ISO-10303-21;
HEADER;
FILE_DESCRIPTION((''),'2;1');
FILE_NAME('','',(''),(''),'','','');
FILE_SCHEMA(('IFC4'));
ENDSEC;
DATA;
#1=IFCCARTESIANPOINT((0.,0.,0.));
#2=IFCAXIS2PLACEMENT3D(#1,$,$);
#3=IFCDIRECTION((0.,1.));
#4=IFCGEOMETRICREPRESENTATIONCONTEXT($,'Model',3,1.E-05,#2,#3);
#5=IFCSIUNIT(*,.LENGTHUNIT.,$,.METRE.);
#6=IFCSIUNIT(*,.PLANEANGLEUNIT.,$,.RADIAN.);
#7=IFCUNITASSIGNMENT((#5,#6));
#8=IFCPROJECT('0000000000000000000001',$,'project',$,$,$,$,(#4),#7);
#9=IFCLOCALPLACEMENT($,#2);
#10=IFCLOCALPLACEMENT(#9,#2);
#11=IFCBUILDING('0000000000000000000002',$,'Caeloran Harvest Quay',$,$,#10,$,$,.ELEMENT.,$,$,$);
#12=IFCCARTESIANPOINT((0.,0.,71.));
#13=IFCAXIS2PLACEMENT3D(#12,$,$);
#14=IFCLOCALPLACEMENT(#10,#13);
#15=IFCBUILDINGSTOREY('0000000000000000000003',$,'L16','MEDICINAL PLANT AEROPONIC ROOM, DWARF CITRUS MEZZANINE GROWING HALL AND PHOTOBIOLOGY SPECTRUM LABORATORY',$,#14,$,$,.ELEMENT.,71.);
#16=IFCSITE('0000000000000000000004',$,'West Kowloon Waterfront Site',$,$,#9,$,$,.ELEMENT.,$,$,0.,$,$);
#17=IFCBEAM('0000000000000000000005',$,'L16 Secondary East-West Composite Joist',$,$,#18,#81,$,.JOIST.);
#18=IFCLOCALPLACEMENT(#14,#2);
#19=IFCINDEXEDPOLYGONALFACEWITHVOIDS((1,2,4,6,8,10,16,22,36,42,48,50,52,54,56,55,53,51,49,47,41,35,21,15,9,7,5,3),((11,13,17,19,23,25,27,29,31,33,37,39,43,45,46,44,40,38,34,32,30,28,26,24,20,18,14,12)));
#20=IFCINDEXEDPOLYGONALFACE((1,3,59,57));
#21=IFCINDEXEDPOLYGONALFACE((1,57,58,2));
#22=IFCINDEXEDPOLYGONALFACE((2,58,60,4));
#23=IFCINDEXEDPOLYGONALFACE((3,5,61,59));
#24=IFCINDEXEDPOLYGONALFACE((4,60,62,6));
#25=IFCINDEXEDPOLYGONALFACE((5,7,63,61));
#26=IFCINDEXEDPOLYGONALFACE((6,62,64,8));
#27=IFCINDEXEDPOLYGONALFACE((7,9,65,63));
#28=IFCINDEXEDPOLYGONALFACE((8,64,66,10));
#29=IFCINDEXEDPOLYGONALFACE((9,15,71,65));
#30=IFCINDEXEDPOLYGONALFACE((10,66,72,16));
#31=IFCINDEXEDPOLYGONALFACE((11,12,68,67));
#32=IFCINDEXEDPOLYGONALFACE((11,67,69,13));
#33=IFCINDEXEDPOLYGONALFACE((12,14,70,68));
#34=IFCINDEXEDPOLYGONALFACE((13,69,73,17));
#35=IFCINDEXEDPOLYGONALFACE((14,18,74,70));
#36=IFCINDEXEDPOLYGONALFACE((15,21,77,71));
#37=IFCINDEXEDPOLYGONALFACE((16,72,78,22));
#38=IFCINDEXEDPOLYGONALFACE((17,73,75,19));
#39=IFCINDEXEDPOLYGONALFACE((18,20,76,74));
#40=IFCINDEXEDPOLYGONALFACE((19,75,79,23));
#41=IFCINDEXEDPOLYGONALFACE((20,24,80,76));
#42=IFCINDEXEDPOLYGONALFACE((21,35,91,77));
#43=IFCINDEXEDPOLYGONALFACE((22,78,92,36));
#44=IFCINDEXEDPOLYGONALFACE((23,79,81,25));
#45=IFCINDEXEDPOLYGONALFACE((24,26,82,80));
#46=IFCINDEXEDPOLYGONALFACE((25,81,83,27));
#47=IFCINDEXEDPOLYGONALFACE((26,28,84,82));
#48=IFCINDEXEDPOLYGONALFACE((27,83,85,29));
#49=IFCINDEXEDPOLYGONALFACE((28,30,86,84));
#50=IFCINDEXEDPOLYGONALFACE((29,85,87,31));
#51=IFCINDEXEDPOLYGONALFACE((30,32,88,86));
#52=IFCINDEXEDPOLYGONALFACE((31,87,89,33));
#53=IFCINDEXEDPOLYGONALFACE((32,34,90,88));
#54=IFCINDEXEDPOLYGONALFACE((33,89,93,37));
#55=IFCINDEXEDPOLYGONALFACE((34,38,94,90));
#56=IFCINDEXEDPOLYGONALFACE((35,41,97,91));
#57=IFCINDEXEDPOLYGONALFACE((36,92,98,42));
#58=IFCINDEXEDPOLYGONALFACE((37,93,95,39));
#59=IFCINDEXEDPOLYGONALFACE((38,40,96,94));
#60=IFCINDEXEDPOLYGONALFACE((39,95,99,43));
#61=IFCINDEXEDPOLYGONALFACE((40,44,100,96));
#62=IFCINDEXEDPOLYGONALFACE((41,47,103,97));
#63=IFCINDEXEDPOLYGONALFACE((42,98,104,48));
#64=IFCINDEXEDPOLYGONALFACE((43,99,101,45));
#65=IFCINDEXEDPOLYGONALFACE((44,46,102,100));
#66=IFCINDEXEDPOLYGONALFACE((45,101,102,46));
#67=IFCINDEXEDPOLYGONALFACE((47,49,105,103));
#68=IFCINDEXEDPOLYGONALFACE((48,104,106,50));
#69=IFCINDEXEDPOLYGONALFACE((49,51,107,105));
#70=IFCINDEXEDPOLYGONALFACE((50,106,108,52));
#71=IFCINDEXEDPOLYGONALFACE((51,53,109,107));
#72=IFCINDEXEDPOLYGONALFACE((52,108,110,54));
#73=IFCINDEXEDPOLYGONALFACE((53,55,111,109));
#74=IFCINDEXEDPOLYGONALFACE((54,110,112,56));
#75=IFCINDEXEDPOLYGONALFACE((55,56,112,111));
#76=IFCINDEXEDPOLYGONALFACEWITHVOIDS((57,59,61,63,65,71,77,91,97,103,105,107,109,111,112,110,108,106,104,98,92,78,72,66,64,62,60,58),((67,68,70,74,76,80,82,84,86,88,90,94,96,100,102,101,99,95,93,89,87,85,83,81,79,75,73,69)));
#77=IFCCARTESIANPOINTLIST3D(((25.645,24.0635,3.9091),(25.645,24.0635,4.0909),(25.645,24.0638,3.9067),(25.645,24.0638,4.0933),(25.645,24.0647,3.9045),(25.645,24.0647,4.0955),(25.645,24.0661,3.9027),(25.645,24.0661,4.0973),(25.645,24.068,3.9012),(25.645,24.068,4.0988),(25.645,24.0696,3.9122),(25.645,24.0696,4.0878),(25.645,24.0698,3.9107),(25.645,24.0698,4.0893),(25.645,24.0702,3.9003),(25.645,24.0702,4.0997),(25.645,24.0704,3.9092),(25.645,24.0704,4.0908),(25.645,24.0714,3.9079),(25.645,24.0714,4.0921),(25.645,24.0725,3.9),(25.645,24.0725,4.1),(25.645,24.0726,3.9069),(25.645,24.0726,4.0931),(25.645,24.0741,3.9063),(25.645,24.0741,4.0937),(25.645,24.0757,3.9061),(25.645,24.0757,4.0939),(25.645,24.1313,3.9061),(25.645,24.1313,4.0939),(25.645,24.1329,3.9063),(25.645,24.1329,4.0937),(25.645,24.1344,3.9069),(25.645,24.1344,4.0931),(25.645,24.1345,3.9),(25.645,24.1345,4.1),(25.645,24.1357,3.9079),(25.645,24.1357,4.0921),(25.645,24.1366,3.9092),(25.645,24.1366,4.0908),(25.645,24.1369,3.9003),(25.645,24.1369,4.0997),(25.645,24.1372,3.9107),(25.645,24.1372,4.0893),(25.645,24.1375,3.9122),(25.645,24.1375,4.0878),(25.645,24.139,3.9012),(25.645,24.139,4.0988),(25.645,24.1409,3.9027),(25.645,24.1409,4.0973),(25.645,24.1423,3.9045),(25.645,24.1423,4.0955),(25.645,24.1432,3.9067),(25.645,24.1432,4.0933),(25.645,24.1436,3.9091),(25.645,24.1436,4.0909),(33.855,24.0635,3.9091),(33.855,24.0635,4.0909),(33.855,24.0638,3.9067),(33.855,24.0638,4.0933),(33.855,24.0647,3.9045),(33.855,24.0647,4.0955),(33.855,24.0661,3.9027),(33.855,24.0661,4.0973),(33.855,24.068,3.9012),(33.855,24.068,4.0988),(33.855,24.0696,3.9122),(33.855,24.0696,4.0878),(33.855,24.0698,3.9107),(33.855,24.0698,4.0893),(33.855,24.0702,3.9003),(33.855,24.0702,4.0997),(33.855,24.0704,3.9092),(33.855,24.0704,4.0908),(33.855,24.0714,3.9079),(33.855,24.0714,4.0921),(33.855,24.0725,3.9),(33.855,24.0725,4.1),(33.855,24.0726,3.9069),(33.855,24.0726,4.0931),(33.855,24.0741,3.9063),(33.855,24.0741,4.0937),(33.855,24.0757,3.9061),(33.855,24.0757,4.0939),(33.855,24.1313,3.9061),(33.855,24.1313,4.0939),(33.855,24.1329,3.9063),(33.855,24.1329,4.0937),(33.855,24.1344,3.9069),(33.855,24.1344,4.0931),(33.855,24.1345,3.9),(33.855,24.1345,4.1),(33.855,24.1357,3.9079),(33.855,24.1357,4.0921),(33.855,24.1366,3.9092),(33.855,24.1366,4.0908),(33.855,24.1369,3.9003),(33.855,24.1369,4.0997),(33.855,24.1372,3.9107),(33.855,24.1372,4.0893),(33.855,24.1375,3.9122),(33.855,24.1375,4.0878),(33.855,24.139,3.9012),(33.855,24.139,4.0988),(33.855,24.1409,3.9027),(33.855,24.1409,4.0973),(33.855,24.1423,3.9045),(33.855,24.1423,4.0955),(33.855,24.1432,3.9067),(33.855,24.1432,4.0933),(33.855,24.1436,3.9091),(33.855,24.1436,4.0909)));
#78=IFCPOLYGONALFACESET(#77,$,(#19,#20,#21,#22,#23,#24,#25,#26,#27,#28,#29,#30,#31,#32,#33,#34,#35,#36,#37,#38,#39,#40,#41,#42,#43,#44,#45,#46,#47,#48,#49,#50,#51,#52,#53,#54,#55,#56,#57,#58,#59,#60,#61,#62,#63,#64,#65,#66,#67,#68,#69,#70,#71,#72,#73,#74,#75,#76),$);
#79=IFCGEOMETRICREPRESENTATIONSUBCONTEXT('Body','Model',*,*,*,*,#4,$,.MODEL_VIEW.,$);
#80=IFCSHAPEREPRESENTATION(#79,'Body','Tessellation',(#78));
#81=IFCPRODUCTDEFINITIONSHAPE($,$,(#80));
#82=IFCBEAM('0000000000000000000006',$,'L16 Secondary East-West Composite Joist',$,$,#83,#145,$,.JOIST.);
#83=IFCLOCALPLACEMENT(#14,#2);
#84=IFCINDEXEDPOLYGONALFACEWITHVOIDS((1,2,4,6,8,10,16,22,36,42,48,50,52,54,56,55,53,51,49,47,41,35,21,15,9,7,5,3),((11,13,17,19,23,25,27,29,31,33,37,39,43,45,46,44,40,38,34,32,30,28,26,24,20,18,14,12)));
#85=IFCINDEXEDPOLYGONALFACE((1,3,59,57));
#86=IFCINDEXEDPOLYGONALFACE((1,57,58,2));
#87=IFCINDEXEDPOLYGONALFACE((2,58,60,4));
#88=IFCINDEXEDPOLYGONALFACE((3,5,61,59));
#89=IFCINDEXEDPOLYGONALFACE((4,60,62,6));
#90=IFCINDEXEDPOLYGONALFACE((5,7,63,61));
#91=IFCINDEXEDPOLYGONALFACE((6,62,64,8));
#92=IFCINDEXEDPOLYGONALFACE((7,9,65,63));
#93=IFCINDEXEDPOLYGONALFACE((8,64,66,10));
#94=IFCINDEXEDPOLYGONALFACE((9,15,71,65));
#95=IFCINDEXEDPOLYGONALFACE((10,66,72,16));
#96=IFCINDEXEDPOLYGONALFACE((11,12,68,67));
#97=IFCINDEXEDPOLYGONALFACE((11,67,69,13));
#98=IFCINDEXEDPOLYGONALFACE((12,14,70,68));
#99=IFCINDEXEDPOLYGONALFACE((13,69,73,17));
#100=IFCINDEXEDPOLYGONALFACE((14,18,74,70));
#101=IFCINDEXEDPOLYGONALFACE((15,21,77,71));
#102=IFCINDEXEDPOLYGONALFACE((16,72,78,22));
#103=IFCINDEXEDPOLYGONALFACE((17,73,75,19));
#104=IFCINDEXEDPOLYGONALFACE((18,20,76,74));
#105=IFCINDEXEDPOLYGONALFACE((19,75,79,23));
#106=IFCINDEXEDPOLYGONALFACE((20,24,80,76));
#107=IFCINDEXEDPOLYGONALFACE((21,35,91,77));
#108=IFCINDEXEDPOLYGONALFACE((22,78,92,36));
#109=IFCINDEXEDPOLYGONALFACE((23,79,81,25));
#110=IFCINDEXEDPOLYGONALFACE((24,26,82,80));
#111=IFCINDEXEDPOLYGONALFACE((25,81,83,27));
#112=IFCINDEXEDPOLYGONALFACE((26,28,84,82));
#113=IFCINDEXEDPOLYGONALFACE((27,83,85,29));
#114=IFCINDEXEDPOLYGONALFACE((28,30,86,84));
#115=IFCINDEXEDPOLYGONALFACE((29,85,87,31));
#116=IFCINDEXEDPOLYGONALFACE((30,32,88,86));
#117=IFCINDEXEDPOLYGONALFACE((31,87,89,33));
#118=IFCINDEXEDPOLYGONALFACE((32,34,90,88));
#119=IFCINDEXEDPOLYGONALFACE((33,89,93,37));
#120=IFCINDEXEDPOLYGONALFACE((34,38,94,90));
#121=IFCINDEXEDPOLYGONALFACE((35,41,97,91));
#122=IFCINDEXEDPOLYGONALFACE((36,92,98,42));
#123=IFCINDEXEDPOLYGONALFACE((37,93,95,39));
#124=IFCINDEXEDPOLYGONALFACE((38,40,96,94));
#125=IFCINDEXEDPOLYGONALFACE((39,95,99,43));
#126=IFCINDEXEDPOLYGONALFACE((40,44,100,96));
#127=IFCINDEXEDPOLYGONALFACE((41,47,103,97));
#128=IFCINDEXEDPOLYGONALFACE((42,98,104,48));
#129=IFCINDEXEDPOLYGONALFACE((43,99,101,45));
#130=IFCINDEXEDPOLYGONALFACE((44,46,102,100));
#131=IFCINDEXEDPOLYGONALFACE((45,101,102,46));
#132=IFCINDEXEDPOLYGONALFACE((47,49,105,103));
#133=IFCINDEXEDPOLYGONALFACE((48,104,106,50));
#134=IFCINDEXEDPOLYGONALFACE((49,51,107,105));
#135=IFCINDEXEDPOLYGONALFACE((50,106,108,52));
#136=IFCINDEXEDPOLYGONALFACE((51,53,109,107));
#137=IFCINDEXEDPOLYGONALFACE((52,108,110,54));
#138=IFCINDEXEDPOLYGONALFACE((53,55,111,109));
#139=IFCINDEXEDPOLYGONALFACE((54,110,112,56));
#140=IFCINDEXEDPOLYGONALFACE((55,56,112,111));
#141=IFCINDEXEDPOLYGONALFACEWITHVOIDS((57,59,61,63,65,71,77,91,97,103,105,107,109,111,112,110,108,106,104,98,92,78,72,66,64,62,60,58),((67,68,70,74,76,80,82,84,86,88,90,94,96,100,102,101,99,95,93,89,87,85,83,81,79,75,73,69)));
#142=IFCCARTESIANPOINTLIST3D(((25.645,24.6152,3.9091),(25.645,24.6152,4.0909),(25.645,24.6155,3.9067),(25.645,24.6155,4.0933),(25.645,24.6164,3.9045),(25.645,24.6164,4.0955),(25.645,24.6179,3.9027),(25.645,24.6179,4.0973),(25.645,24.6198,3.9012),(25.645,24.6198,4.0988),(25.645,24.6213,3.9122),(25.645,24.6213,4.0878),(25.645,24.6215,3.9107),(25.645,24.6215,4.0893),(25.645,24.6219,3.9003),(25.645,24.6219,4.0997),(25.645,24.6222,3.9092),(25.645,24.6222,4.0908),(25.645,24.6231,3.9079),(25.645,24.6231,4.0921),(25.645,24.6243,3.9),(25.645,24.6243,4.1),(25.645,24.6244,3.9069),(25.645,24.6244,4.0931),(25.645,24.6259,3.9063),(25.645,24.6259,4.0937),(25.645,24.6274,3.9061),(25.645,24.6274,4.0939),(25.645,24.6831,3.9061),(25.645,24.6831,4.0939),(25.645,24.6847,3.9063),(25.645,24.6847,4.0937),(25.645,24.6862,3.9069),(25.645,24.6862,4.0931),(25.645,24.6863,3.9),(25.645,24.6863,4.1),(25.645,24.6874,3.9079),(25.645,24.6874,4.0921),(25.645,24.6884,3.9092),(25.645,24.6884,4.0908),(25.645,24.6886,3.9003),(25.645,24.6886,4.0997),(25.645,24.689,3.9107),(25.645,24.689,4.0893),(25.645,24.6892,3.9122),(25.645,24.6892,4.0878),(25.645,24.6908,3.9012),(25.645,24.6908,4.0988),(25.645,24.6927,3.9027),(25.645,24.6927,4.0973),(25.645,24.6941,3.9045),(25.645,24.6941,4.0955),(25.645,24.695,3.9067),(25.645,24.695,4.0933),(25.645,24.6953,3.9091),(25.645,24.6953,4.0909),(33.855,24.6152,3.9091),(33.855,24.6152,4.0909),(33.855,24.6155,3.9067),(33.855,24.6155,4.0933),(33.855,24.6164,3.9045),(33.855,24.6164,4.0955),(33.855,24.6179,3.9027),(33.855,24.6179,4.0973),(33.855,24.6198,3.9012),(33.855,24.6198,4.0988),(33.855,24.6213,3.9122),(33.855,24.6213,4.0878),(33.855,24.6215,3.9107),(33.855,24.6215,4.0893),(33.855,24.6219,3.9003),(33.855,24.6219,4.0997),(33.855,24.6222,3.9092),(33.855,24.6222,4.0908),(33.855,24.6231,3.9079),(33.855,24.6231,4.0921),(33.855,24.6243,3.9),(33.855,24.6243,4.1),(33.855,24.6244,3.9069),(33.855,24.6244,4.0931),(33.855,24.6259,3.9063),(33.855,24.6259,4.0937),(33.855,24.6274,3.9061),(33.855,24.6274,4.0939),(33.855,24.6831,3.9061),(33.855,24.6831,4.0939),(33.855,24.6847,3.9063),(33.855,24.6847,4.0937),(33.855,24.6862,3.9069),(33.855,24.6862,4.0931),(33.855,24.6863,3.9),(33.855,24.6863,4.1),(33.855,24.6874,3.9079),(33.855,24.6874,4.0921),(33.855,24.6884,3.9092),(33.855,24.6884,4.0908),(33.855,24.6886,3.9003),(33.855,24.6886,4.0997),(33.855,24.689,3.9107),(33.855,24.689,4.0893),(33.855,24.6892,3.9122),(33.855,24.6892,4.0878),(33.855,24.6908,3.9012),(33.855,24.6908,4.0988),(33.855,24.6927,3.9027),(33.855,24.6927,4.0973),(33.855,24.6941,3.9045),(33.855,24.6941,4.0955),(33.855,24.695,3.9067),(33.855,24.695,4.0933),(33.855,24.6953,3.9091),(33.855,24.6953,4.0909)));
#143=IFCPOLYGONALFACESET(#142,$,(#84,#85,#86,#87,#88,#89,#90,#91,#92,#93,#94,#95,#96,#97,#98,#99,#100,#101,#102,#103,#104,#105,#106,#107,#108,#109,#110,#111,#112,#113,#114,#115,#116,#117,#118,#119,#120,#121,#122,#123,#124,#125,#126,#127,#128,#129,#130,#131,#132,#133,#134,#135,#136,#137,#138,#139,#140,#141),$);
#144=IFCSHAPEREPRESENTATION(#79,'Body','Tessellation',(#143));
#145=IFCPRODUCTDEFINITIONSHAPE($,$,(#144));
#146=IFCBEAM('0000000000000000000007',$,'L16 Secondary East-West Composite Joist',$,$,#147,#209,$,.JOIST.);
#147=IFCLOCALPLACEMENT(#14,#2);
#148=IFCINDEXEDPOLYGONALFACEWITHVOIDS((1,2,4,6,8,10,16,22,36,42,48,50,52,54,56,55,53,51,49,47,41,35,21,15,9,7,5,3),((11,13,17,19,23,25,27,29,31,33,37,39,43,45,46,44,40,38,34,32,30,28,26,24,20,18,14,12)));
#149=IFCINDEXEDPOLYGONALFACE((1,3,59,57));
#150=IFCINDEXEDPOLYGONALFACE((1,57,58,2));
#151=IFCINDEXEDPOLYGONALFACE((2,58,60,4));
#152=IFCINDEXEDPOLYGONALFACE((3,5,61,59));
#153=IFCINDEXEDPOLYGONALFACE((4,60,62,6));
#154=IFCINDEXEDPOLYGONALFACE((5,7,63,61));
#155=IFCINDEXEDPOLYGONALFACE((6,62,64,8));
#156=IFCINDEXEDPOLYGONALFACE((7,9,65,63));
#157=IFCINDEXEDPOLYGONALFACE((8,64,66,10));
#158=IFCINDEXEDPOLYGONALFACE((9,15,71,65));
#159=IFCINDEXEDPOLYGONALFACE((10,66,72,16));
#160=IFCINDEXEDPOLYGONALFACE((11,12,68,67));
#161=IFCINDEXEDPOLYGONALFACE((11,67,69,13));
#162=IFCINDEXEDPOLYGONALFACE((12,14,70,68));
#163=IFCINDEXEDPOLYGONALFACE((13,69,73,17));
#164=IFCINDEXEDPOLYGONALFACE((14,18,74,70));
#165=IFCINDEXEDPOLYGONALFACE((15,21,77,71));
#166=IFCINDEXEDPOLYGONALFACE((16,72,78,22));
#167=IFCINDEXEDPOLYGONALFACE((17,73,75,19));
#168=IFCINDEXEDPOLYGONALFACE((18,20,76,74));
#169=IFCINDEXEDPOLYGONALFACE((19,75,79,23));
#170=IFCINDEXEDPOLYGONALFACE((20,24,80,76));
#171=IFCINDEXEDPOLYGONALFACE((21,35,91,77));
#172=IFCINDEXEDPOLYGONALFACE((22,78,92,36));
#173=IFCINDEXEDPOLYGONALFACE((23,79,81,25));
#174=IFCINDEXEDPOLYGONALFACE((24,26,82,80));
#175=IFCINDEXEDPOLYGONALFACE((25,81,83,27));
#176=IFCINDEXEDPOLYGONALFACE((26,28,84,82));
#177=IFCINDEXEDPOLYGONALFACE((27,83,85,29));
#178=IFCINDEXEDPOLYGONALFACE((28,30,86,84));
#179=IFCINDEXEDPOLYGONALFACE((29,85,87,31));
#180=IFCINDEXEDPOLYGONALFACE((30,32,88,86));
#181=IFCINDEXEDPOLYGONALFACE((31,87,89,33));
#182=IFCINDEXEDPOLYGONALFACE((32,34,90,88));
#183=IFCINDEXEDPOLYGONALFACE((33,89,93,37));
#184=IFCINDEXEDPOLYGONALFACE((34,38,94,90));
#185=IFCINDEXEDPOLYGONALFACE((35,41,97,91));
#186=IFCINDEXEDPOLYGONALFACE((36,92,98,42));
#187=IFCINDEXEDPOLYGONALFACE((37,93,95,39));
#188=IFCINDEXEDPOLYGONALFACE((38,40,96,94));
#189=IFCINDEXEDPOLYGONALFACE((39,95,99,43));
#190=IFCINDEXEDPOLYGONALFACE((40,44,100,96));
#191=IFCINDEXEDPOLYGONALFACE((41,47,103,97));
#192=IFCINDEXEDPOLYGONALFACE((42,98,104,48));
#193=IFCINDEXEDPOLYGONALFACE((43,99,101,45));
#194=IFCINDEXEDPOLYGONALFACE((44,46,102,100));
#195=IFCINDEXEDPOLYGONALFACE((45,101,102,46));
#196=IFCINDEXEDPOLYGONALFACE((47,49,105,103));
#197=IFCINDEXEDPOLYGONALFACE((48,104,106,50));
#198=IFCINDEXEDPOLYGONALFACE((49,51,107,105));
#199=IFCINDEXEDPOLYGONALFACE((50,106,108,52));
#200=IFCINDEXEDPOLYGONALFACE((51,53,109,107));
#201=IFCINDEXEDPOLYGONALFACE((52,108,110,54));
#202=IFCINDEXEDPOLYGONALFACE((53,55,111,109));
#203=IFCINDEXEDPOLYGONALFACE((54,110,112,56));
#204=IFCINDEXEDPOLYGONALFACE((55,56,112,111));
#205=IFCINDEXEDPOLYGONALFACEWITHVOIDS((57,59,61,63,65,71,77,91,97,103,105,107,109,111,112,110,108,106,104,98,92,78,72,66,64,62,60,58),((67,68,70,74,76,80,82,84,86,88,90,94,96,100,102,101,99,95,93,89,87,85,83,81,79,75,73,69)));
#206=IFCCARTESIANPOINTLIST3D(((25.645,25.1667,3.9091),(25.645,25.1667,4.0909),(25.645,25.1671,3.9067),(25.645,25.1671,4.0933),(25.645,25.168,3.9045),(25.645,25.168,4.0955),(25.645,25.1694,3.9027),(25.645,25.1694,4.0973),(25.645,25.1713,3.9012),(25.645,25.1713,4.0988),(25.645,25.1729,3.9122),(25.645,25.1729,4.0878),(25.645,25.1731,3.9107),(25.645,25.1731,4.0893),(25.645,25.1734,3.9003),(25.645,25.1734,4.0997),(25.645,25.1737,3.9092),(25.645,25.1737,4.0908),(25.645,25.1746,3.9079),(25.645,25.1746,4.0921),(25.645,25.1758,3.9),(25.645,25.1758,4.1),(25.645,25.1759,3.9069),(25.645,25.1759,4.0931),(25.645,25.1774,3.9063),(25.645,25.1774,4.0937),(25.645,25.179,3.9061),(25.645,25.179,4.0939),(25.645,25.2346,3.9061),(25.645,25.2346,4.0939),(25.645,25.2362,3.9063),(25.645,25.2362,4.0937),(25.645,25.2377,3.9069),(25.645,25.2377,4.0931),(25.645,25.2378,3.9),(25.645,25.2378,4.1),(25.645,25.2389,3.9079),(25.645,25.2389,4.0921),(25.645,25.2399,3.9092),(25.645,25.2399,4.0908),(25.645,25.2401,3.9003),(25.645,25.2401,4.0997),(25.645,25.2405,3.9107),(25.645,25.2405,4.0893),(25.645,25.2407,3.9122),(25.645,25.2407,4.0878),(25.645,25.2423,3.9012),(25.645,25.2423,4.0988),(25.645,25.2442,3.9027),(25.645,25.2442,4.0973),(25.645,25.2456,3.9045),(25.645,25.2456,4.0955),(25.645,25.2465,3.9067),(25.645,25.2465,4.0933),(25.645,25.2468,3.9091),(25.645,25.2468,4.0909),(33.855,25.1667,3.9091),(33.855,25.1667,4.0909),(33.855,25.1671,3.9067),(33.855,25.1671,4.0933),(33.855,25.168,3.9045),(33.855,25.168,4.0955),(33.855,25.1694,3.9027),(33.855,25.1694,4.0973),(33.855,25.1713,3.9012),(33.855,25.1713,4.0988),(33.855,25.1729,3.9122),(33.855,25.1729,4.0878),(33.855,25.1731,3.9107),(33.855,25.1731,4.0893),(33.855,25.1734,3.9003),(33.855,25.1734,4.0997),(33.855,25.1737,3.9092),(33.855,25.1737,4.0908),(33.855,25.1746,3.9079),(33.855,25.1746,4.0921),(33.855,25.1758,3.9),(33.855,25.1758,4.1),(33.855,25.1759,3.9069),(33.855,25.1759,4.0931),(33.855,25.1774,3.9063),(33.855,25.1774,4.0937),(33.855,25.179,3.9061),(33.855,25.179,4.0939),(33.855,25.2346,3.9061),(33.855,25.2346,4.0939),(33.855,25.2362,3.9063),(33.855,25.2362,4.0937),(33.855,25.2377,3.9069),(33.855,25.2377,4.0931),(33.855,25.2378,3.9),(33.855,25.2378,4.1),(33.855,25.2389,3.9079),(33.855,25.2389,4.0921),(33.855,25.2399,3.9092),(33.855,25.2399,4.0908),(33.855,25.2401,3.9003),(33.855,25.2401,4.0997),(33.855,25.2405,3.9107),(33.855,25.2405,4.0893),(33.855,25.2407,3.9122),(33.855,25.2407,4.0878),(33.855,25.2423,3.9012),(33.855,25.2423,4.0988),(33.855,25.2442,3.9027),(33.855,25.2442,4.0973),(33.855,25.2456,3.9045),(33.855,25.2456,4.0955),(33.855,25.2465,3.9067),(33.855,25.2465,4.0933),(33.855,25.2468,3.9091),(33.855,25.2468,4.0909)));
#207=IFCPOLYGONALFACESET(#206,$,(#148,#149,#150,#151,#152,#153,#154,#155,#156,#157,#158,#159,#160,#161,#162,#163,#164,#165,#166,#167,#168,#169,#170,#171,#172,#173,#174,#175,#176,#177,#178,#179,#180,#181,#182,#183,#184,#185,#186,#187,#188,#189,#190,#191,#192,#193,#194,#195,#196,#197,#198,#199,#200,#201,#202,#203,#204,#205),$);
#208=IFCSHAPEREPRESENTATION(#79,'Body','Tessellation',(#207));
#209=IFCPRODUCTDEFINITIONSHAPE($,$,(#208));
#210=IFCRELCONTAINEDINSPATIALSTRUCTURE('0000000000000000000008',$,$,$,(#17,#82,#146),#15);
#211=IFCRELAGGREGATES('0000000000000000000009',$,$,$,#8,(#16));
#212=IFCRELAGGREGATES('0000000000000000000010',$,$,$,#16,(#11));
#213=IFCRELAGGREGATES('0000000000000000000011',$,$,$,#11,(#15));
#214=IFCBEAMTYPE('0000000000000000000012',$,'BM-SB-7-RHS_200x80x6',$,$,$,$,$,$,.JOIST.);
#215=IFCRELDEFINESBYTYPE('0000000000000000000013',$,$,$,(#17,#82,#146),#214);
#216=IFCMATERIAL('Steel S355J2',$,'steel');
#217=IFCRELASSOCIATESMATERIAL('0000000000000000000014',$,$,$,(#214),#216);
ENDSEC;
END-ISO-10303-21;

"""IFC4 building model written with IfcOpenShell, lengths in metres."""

from ifc_helpers import new_model, si_unit, direction, frame, origin, origin_2d, place, context, subcontext, project, spatial, hollow_rectangle, extrude, material, material_profile, profile_set, type_object, element, save


model = new_model("IFC4")

# Units and contexts
model_context = context("Model", 3, precision=1e-05, world=origin(), true_north=direction((0.0, 1.0)))
body_context = subcontext(model_context, "Body", "Model", "MODEL_VIEW")
ifc_project = project(units=[si_unit("LENGTHUNIT", "METRE"), si_unit("PLANEANGLEUNIT", "RADIAN")], contexts=[model_context])

# Site, building, storey
site_placement = place(None, origin())
site = spatial("IfcSite", under=ifc_project, at=site_placement, Name="West Kowloon Waterfront Site", CompositionType="ELEMENT", RefElevation=0.0)
building_placement = place(site_placement, origin())
building = spatial("IfcBuilding", under=site, at=building_placement, Name="Caeloran Harvest Quay", CompositionType="ELEMENT")
storey_placement = place(building_placement, frame((0.0, 0.0, 71.0)))
storey = spatial("IfcBuildingStorey", under=building, at=storey_placement, Name="L16", Description="MEDICINAL PLANT AEROPONIC ROOM, DWARF CITRUS MEZZANINE GROWING HALL AND PHOTOBIOLOGY SPECTRUM LABORATORY", CompositionType="ELEMENT", Elevation=71.0)

# Beams
ifc_material_1 = material(Name="Steel S355J2", Category="steel")
ifc_material_profile_1 = material_profile(ifc_material_1, hollow_rectangle(XDim=0.0801, YDim=0.2, WallThickness=0.0061, InnerFilletRadius=0.0061, OuterFilletRadius=0.009, at=origin_2d()), Name="RHS 200x80x6")
ifc_profile_set_1 = profile_set([ifc_material_profile_1], Name="Steel S355J2")
beam_type_1 = type_object("IfcBeamType", Name="BM-SB-7-RHS_200x80x6", PredefinedType="JOIST", material=ifc_profile_set_1)
for number, where, z_axis, x_axis, name in (
    (1, (25.645, 24.1035, 4.0), (1.0, 0.0, 0.0), (0.0, 1.0, 0.0), "L16 Secondary East-West Composite Joist"),
    (2, (25.645, 24.6553, 4.0), (1.0, 0.0, 0.0), (0.0, 1.0, 0.0), "L16 Secondary East-West Composite Joist"),
    (3, (25.645, 25.2068, 4.0), (1.0, 0.0, 0.0), (0.0, 1.0, 0.0), "L16 Secondary East-West Composite Joist"),
):
    element("IfcBeam", number, at=place(storey_placement, frame(where, z_axis=z_axis, x_axis=x_axis)), inside=storey, type_object=beam_type_1, Name=name, PredefinedType="JOIST", context=body_context, shape_type="SweptSolid", body=[
        extrude(hollow_rectangle(XDim=0.0801, YDim=0.2, WallThickness=0.0061, InnerFilletRadius=0.0061, OuterFilletRadius=0.009, at=origin_2d()), origin(), (0.0, 0.0, 1.0), 8.21),
    ])

save(model, "model.ifc")
